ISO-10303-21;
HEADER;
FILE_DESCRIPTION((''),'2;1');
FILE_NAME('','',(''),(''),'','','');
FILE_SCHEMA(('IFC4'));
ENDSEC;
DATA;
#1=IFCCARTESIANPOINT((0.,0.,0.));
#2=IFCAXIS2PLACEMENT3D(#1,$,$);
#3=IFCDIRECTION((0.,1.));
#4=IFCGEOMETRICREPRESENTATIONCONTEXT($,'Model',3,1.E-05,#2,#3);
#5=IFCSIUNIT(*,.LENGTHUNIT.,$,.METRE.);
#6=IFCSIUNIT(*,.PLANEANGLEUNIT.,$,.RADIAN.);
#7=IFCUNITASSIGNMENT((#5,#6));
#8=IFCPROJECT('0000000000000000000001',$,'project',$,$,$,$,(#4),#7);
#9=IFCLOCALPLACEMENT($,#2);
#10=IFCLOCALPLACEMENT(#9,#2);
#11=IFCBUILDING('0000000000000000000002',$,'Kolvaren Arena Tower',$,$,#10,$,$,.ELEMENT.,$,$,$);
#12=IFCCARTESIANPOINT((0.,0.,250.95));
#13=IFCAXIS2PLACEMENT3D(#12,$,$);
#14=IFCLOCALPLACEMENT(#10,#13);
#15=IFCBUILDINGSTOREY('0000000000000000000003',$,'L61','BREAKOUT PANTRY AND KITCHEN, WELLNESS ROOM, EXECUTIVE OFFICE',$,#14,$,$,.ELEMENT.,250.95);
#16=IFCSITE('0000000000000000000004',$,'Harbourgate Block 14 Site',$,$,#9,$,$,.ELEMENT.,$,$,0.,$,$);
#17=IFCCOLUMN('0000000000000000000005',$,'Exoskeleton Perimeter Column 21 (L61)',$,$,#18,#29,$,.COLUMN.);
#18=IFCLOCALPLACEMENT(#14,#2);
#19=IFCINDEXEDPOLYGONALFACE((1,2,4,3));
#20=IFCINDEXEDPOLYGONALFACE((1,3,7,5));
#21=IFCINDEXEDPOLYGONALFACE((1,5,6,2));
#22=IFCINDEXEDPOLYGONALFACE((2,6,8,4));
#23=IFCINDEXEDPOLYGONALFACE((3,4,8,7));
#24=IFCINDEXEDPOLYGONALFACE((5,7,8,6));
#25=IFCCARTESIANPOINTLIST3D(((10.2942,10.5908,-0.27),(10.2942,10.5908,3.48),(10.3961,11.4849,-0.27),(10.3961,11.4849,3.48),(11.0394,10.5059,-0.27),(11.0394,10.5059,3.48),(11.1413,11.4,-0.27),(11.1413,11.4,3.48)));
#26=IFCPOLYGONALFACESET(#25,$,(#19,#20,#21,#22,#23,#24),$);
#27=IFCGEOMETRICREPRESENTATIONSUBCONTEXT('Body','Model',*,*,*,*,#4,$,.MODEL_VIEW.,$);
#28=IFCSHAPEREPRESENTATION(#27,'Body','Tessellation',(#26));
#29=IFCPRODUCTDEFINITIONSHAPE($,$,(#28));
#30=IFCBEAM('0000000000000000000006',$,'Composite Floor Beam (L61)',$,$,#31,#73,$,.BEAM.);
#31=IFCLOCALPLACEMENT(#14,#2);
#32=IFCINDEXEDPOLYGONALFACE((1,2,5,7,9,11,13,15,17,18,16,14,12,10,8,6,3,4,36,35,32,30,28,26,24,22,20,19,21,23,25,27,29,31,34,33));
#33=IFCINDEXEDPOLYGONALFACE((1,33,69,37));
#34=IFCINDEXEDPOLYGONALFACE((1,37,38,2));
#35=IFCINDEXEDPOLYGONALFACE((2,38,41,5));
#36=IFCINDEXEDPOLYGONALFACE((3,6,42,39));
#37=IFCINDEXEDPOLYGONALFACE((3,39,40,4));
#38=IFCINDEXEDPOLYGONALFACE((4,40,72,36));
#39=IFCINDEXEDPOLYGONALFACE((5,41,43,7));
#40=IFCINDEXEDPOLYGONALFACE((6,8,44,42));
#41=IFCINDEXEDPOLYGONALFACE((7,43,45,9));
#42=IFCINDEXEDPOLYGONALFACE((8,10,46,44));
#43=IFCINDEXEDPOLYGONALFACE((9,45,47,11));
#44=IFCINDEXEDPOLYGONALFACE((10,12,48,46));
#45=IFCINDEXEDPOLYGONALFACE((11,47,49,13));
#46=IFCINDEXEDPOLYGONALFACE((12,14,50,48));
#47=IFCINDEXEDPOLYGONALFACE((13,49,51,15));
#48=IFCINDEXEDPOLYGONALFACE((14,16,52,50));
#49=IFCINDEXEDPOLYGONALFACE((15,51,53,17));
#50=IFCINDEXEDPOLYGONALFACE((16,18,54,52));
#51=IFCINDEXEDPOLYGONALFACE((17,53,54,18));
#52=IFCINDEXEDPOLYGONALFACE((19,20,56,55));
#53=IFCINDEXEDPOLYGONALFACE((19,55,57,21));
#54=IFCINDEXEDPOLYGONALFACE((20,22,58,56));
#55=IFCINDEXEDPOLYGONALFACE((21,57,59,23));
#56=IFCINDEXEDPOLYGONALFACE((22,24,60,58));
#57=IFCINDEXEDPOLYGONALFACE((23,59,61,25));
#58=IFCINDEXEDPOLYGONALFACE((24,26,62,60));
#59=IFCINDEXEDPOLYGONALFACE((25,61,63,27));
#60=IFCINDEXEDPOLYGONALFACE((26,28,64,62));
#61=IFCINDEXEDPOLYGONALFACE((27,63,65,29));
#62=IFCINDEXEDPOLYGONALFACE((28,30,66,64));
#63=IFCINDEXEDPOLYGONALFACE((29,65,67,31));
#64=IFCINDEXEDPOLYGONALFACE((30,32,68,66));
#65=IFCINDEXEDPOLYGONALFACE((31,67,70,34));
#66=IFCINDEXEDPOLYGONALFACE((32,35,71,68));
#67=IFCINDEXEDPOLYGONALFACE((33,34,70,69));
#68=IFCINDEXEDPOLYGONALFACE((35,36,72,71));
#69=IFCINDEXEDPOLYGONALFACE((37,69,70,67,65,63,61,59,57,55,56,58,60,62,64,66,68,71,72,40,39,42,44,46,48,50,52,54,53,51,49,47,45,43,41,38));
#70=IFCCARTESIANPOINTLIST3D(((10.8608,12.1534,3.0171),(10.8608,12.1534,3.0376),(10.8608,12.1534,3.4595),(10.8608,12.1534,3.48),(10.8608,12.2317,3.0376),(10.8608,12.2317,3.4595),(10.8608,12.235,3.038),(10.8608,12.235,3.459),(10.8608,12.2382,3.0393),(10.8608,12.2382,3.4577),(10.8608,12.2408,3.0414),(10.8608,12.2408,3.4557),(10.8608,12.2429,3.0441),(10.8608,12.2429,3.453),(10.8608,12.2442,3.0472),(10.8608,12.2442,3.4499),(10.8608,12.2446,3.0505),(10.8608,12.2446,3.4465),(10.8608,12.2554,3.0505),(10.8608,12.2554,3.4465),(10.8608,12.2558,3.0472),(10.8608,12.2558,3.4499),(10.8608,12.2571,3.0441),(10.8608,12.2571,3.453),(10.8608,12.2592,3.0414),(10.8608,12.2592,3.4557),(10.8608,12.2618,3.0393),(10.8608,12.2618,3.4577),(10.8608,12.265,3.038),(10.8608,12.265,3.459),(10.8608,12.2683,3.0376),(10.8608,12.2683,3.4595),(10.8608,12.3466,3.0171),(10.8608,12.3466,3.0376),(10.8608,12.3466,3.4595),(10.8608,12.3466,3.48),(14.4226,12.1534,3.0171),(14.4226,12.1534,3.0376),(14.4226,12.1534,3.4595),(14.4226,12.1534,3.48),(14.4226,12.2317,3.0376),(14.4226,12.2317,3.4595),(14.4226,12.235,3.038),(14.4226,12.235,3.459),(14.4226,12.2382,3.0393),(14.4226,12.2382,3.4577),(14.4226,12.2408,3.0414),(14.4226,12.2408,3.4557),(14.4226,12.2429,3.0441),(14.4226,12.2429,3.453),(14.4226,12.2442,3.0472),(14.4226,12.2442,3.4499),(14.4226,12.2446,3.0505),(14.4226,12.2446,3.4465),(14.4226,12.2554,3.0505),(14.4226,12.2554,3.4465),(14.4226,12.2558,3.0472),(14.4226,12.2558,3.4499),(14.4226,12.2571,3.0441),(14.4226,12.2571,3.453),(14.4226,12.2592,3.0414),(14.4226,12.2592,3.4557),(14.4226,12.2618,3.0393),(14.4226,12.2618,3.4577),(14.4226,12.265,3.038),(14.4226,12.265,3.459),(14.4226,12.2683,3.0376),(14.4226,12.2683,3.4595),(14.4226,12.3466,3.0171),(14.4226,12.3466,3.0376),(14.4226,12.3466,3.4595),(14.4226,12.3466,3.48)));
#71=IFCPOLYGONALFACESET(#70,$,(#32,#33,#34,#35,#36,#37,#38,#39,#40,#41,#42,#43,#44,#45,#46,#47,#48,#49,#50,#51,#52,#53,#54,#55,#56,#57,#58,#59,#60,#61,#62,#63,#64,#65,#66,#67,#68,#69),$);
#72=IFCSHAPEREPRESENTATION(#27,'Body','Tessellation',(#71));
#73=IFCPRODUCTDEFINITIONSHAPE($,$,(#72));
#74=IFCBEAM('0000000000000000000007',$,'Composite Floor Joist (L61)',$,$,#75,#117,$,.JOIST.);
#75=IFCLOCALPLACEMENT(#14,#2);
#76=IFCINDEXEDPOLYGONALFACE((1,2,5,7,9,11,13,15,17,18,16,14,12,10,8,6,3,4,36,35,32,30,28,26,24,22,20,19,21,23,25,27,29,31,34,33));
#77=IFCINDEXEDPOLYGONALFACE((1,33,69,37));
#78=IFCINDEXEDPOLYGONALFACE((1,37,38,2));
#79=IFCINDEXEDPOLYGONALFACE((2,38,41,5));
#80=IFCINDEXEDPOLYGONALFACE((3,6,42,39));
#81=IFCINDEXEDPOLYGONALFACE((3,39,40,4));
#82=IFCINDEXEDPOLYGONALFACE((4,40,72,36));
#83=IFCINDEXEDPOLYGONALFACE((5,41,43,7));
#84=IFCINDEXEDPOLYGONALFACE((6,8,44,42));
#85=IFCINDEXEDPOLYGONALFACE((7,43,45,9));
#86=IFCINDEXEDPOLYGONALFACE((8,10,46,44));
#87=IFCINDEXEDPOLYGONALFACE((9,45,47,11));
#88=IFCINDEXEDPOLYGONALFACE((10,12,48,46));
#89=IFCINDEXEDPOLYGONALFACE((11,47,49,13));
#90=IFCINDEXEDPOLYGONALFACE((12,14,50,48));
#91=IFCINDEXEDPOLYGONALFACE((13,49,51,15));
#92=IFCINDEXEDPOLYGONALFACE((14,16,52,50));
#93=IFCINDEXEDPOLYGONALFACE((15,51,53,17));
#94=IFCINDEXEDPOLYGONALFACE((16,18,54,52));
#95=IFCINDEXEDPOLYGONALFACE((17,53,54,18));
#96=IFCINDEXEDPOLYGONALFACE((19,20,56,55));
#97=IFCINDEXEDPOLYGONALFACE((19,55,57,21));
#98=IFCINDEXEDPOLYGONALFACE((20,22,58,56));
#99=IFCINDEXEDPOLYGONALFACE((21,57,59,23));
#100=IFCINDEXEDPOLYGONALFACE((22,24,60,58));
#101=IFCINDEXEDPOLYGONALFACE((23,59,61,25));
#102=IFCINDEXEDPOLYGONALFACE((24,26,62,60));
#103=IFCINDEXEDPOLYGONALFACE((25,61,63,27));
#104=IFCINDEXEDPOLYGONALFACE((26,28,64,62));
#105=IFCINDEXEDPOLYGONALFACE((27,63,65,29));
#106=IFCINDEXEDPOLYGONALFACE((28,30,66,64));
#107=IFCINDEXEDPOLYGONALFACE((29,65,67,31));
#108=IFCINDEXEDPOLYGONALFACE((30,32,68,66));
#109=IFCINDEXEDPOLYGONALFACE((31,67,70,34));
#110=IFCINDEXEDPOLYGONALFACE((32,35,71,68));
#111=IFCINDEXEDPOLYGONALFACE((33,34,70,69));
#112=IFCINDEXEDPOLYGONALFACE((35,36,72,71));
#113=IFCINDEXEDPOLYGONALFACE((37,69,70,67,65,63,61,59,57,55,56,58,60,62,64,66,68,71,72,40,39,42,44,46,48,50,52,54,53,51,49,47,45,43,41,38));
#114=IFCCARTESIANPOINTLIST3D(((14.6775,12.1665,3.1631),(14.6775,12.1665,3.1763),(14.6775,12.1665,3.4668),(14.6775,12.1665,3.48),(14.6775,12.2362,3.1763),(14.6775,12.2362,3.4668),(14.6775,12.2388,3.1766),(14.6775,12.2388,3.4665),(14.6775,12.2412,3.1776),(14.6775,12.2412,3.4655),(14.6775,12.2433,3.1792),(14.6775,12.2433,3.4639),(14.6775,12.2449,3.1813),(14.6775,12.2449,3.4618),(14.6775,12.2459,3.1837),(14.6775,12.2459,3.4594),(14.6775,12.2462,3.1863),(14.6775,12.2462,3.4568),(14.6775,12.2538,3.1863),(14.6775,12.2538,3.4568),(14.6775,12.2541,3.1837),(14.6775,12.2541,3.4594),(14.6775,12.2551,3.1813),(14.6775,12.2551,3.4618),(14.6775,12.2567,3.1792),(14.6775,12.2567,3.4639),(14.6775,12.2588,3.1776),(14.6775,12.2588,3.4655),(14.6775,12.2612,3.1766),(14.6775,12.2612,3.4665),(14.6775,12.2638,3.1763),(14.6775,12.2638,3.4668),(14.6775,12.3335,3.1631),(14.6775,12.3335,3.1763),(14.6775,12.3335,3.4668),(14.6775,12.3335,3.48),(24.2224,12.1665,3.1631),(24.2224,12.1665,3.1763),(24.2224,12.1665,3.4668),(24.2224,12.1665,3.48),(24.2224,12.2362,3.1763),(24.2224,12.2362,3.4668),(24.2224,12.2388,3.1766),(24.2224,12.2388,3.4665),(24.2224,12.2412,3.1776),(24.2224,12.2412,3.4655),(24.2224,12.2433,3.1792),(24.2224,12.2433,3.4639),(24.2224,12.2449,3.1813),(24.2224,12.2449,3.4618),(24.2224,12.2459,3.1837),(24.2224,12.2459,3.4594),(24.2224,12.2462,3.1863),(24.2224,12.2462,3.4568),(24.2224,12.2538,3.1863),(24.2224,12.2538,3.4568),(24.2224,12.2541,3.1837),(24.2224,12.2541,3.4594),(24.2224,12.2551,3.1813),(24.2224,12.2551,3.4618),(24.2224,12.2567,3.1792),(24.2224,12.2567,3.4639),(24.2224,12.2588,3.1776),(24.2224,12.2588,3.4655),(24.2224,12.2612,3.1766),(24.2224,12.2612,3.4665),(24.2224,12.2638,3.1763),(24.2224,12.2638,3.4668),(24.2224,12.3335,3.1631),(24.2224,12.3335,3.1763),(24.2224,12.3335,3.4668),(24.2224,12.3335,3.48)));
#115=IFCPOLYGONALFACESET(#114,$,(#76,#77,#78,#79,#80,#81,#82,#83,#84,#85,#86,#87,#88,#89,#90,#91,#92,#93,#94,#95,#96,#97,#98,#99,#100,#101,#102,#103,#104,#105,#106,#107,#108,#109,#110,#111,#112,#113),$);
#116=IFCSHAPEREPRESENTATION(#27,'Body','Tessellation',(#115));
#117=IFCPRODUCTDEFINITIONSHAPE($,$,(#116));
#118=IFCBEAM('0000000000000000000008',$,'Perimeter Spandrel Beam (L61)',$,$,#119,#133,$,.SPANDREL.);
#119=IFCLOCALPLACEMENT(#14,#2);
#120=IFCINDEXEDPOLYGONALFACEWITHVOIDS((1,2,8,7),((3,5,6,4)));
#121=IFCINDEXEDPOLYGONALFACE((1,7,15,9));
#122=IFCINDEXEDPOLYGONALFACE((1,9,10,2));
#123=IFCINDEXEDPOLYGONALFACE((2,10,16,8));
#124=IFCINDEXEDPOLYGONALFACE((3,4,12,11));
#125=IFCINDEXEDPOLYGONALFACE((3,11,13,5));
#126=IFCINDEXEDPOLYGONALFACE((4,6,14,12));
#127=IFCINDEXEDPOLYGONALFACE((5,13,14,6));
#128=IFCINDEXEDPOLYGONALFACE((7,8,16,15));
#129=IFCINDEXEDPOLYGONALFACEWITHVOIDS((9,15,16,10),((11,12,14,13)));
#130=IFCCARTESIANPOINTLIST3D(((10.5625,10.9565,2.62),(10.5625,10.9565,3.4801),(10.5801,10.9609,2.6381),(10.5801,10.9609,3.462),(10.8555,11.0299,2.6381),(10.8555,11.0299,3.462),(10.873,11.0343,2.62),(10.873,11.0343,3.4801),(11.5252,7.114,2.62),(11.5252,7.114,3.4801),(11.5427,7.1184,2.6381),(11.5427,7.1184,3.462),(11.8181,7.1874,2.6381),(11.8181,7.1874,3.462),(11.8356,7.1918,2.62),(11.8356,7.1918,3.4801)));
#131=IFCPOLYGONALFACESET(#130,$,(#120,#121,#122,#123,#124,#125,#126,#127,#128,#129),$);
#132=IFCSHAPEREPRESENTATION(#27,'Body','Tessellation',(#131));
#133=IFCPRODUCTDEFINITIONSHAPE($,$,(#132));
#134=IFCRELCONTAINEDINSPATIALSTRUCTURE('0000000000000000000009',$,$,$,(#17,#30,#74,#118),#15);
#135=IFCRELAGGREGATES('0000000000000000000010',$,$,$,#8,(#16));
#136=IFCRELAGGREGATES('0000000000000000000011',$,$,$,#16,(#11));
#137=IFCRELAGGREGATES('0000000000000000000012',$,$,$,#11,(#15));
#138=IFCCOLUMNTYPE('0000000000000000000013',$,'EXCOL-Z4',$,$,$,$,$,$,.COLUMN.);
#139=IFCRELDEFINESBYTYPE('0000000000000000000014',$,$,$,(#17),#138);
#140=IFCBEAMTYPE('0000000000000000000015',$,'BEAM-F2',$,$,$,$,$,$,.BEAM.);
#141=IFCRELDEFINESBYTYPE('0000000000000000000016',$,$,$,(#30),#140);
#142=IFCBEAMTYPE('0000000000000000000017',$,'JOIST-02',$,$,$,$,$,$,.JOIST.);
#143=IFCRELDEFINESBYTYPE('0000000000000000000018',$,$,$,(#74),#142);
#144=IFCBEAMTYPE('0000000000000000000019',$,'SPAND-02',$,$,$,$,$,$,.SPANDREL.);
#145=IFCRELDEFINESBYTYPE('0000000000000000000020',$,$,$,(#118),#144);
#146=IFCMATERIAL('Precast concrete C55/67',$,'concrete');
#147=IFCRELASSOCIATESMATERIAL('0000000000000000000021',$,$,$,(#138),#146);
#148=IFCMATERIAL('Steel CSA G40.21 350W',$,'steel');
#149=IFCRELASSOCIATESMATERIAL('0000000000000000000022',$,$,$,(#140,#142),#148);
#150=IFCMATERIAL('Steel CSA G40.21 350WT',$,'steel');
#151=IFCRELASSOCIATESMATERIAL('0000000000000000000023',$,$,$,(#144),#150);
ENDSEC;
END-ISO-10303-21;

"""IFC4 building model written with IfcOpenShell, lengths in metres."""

from ifc_helpers import new_model, si_unit, direction, frame, origin, origin_2d, place, context, subcontext, project, spatial, rectangle, hollow_rectangle, i_section, extrude, material, material_profile, profile_set, type_object, element, save


model = new_model("IFC4")

# Units and contexts
model_context = context("Model", 3, precision=1e-05, world=origin(), true_north=direction((0.0, 1.0)))
body_context = subcontext(model_context, "Body", "Model", "MODEL_VIEW")
ifc_project = project(units=[si_unit("LENGTHUNIT", "METRE"), si_unit("PLANEANGLEUNIT", "RADIAN")], contexts=[model_context])

# Site, building, storey
site_placement = place(None, origin())
site = spatial("IfcSite", under=ifc_project, at=site_placement, Name="Harbourgate Block 14 Site", CompositionType="ELEMENT", RefElevation=0.0)
building_placement = place(site_placement, origin())
building = spatial("IfcBuilding", under=site, at=building_placement, Name="Kolvaren Arena Tower", CompositionType="ELEMENT")
storey_placement = place(building_placement, frame((0.0, 0.0, 250.95)))
storey = spatial("IfcBuildingStorey", under=building, at=storey_placement, Name="L61", Description="BREAKOUT PANTRY AND KITCHEN, WELLNESS ROOM, EXECUTIVE OFFICE", CompositionType="ELEMENT", Elevation=250.95)

# Column
ifc_material_1 = material(Name="Precast concrete C55/67", Category="concrete")
ifc_material_profile_1 = material_profile(ifc_material_1, rectangle(XDim=0.8999, YDim=0.75, at=origin_2d()), Name="RC-900x750")
ifc_profile_set_1 = profile_set([ifc_material_profile_1], Name="Precast concrete C55/67")
column_type = type_object("IfcColumnType", Name="EXCOL-Z4", PredefinedType="COLUMN", material=ifc_profile_set_1)
column_placement = place(storey_placement, frame((10.7178, 10.9954, -0.27), z_axis=(0.0, 0.0, 1.0), x_axis=(0.113203, 0.993572, 0.0)))
element("IfcColumn", 1, at=column_placement, inside=storey, type_object=column_type, Name="Exoskeleton Perimeter Column 21 (L61)", PredefinedType="COLUMN", context=body_context, shape_type="SweptSolid", body=[
    extrude(rectangle(XDim=0.8999, YDim=0.75, at=origin_2d()), origin(), (0.0, 0.0, 1.0), 3.75),
])

# Beams
ifc_material_2 = material(Name="Steel CSA G40.21 350W", Category="steel")
ifc_material_profile_2 = material_profile(ifc_material_2, i_section(OverallWidth=0.1931, OverallDepth=0.4629, WebThickness=0.0107, FlangeThickness=0.0205, FilletRadius=0.0129, at=origin_2d()), Name="W460x113")
ifc_profile_set_2 = profile_set([ifc_material_profile_2], Name="Steel CSA G40.21 350W")
beam_type_1 = type_object("IfcBeamType", Name="BEAM-F2", PredefinedType="BEAM", material=ifc_profile_set_2)
beam_1_placement = place(storey_placement, frame((10.8608, 12.25, 3.2485), z_axis=(1.0, 0.0, 0.0), x_axis=(0.0, 1.0, 0.0)))
element("IfcBeam", 2, at=beam_1_placement, inside=storey, type_object=beam_type_1, Name="Composite Floor Beam (L61)", PredefinedType="BEAM", context=body_context, shape_type="SweptSolid", body=[
    extrude(i_section(OverallWidth=0.1931, OverallDepth=0.4629, WebThickness=0.0107, FlangeThickness=0.0205, FilletRadius=0.0129, at=origin_2d()), origin(), (0.0, 0.0, 1.0), 3.5618),
])
ifc_material_profile_3 = material_profile(ifc_material_2, i_section(OverallWidth=0.167, OverallDepth=0.3169, WebThickness=0.0076, FlangeThickness=0.0132, FilletRadius=0.01, at=origin_2d()), Name="W310x52")
ifc_profile_set_3 = profile_set([ifc_material_profile_3], Name="Steel CSA G40.21 350W")
beam_type_2 = type_object("IfcBeamType", Name="JOIST-02", PredefinedType="JOIST", material=ifc_profile_set_3)
beam_2_placement = place(storey_placement, frame((14.6775, 12.25, 3.3215), z_axis=(1.0, 0.0, 0.0), x_axis=(0.0, 1.0, 0.0)))
element("IfcBeam", 3, at=beam_2_placement, inside=storey, type_object=beam_type_2, Name="Composite Floor Joist (L61)", PredefinedType="JOIST", context=body_context, shape_type="SweptSolid", body=[
    extrude(i_section(OverallWidth=0.167, OverallDepth=0.3169, WebThickness=0.0076, FlangeThickness=0.0132, FilletRadius=0.01, at=origin_2d()), origin(), (0.0, 0.0, 1.0), 9.5449),
])
ifc_material_3 = material(Name="Steel CSA G40.21 350WT", Category="steel")
ifc_material_profile_4 = material_profile(ifc_material_3, hollow_rectangle(XDim=0.3201, YDim=0.8601, WallThickness=0.0181, at=origin_2d()), Name="HSS 860x320x18")
ifc_profile_set_4 = profile_set([ifc_material_profile_4], Name="Steel CSA G40.21 350WT")
beam_type_3 = type_object("IfcBeamType", Name="SPAND-02", PredefinedType="SPANDREL", material=ifc_profile_set_4)
beam_3_placement = place(storey_placement, frame((10.7178, 10.9954, 3.05), z_axis=(0.243014, -0.970023, 0.0), x_axis=(0.970023, 0.243014, 0.0)))
element("IfcBeam", 4, at=beam_3_placement, inside=storey, type_object=beam_type_3, Name="Perimeter Spandrel Beam (L61)", PredefinedType="SPANDREL", context=body_context, shape_type="SweptSolid", body=[
    extrude(hollow_rectangle(XDim=0.3201, YDim=0.8601, WallThickness=0.0181, at=origin_2d()), origin(), (0.0, 0.0, 1.0), 3.9612),
])

save(model, "model.ifc")
